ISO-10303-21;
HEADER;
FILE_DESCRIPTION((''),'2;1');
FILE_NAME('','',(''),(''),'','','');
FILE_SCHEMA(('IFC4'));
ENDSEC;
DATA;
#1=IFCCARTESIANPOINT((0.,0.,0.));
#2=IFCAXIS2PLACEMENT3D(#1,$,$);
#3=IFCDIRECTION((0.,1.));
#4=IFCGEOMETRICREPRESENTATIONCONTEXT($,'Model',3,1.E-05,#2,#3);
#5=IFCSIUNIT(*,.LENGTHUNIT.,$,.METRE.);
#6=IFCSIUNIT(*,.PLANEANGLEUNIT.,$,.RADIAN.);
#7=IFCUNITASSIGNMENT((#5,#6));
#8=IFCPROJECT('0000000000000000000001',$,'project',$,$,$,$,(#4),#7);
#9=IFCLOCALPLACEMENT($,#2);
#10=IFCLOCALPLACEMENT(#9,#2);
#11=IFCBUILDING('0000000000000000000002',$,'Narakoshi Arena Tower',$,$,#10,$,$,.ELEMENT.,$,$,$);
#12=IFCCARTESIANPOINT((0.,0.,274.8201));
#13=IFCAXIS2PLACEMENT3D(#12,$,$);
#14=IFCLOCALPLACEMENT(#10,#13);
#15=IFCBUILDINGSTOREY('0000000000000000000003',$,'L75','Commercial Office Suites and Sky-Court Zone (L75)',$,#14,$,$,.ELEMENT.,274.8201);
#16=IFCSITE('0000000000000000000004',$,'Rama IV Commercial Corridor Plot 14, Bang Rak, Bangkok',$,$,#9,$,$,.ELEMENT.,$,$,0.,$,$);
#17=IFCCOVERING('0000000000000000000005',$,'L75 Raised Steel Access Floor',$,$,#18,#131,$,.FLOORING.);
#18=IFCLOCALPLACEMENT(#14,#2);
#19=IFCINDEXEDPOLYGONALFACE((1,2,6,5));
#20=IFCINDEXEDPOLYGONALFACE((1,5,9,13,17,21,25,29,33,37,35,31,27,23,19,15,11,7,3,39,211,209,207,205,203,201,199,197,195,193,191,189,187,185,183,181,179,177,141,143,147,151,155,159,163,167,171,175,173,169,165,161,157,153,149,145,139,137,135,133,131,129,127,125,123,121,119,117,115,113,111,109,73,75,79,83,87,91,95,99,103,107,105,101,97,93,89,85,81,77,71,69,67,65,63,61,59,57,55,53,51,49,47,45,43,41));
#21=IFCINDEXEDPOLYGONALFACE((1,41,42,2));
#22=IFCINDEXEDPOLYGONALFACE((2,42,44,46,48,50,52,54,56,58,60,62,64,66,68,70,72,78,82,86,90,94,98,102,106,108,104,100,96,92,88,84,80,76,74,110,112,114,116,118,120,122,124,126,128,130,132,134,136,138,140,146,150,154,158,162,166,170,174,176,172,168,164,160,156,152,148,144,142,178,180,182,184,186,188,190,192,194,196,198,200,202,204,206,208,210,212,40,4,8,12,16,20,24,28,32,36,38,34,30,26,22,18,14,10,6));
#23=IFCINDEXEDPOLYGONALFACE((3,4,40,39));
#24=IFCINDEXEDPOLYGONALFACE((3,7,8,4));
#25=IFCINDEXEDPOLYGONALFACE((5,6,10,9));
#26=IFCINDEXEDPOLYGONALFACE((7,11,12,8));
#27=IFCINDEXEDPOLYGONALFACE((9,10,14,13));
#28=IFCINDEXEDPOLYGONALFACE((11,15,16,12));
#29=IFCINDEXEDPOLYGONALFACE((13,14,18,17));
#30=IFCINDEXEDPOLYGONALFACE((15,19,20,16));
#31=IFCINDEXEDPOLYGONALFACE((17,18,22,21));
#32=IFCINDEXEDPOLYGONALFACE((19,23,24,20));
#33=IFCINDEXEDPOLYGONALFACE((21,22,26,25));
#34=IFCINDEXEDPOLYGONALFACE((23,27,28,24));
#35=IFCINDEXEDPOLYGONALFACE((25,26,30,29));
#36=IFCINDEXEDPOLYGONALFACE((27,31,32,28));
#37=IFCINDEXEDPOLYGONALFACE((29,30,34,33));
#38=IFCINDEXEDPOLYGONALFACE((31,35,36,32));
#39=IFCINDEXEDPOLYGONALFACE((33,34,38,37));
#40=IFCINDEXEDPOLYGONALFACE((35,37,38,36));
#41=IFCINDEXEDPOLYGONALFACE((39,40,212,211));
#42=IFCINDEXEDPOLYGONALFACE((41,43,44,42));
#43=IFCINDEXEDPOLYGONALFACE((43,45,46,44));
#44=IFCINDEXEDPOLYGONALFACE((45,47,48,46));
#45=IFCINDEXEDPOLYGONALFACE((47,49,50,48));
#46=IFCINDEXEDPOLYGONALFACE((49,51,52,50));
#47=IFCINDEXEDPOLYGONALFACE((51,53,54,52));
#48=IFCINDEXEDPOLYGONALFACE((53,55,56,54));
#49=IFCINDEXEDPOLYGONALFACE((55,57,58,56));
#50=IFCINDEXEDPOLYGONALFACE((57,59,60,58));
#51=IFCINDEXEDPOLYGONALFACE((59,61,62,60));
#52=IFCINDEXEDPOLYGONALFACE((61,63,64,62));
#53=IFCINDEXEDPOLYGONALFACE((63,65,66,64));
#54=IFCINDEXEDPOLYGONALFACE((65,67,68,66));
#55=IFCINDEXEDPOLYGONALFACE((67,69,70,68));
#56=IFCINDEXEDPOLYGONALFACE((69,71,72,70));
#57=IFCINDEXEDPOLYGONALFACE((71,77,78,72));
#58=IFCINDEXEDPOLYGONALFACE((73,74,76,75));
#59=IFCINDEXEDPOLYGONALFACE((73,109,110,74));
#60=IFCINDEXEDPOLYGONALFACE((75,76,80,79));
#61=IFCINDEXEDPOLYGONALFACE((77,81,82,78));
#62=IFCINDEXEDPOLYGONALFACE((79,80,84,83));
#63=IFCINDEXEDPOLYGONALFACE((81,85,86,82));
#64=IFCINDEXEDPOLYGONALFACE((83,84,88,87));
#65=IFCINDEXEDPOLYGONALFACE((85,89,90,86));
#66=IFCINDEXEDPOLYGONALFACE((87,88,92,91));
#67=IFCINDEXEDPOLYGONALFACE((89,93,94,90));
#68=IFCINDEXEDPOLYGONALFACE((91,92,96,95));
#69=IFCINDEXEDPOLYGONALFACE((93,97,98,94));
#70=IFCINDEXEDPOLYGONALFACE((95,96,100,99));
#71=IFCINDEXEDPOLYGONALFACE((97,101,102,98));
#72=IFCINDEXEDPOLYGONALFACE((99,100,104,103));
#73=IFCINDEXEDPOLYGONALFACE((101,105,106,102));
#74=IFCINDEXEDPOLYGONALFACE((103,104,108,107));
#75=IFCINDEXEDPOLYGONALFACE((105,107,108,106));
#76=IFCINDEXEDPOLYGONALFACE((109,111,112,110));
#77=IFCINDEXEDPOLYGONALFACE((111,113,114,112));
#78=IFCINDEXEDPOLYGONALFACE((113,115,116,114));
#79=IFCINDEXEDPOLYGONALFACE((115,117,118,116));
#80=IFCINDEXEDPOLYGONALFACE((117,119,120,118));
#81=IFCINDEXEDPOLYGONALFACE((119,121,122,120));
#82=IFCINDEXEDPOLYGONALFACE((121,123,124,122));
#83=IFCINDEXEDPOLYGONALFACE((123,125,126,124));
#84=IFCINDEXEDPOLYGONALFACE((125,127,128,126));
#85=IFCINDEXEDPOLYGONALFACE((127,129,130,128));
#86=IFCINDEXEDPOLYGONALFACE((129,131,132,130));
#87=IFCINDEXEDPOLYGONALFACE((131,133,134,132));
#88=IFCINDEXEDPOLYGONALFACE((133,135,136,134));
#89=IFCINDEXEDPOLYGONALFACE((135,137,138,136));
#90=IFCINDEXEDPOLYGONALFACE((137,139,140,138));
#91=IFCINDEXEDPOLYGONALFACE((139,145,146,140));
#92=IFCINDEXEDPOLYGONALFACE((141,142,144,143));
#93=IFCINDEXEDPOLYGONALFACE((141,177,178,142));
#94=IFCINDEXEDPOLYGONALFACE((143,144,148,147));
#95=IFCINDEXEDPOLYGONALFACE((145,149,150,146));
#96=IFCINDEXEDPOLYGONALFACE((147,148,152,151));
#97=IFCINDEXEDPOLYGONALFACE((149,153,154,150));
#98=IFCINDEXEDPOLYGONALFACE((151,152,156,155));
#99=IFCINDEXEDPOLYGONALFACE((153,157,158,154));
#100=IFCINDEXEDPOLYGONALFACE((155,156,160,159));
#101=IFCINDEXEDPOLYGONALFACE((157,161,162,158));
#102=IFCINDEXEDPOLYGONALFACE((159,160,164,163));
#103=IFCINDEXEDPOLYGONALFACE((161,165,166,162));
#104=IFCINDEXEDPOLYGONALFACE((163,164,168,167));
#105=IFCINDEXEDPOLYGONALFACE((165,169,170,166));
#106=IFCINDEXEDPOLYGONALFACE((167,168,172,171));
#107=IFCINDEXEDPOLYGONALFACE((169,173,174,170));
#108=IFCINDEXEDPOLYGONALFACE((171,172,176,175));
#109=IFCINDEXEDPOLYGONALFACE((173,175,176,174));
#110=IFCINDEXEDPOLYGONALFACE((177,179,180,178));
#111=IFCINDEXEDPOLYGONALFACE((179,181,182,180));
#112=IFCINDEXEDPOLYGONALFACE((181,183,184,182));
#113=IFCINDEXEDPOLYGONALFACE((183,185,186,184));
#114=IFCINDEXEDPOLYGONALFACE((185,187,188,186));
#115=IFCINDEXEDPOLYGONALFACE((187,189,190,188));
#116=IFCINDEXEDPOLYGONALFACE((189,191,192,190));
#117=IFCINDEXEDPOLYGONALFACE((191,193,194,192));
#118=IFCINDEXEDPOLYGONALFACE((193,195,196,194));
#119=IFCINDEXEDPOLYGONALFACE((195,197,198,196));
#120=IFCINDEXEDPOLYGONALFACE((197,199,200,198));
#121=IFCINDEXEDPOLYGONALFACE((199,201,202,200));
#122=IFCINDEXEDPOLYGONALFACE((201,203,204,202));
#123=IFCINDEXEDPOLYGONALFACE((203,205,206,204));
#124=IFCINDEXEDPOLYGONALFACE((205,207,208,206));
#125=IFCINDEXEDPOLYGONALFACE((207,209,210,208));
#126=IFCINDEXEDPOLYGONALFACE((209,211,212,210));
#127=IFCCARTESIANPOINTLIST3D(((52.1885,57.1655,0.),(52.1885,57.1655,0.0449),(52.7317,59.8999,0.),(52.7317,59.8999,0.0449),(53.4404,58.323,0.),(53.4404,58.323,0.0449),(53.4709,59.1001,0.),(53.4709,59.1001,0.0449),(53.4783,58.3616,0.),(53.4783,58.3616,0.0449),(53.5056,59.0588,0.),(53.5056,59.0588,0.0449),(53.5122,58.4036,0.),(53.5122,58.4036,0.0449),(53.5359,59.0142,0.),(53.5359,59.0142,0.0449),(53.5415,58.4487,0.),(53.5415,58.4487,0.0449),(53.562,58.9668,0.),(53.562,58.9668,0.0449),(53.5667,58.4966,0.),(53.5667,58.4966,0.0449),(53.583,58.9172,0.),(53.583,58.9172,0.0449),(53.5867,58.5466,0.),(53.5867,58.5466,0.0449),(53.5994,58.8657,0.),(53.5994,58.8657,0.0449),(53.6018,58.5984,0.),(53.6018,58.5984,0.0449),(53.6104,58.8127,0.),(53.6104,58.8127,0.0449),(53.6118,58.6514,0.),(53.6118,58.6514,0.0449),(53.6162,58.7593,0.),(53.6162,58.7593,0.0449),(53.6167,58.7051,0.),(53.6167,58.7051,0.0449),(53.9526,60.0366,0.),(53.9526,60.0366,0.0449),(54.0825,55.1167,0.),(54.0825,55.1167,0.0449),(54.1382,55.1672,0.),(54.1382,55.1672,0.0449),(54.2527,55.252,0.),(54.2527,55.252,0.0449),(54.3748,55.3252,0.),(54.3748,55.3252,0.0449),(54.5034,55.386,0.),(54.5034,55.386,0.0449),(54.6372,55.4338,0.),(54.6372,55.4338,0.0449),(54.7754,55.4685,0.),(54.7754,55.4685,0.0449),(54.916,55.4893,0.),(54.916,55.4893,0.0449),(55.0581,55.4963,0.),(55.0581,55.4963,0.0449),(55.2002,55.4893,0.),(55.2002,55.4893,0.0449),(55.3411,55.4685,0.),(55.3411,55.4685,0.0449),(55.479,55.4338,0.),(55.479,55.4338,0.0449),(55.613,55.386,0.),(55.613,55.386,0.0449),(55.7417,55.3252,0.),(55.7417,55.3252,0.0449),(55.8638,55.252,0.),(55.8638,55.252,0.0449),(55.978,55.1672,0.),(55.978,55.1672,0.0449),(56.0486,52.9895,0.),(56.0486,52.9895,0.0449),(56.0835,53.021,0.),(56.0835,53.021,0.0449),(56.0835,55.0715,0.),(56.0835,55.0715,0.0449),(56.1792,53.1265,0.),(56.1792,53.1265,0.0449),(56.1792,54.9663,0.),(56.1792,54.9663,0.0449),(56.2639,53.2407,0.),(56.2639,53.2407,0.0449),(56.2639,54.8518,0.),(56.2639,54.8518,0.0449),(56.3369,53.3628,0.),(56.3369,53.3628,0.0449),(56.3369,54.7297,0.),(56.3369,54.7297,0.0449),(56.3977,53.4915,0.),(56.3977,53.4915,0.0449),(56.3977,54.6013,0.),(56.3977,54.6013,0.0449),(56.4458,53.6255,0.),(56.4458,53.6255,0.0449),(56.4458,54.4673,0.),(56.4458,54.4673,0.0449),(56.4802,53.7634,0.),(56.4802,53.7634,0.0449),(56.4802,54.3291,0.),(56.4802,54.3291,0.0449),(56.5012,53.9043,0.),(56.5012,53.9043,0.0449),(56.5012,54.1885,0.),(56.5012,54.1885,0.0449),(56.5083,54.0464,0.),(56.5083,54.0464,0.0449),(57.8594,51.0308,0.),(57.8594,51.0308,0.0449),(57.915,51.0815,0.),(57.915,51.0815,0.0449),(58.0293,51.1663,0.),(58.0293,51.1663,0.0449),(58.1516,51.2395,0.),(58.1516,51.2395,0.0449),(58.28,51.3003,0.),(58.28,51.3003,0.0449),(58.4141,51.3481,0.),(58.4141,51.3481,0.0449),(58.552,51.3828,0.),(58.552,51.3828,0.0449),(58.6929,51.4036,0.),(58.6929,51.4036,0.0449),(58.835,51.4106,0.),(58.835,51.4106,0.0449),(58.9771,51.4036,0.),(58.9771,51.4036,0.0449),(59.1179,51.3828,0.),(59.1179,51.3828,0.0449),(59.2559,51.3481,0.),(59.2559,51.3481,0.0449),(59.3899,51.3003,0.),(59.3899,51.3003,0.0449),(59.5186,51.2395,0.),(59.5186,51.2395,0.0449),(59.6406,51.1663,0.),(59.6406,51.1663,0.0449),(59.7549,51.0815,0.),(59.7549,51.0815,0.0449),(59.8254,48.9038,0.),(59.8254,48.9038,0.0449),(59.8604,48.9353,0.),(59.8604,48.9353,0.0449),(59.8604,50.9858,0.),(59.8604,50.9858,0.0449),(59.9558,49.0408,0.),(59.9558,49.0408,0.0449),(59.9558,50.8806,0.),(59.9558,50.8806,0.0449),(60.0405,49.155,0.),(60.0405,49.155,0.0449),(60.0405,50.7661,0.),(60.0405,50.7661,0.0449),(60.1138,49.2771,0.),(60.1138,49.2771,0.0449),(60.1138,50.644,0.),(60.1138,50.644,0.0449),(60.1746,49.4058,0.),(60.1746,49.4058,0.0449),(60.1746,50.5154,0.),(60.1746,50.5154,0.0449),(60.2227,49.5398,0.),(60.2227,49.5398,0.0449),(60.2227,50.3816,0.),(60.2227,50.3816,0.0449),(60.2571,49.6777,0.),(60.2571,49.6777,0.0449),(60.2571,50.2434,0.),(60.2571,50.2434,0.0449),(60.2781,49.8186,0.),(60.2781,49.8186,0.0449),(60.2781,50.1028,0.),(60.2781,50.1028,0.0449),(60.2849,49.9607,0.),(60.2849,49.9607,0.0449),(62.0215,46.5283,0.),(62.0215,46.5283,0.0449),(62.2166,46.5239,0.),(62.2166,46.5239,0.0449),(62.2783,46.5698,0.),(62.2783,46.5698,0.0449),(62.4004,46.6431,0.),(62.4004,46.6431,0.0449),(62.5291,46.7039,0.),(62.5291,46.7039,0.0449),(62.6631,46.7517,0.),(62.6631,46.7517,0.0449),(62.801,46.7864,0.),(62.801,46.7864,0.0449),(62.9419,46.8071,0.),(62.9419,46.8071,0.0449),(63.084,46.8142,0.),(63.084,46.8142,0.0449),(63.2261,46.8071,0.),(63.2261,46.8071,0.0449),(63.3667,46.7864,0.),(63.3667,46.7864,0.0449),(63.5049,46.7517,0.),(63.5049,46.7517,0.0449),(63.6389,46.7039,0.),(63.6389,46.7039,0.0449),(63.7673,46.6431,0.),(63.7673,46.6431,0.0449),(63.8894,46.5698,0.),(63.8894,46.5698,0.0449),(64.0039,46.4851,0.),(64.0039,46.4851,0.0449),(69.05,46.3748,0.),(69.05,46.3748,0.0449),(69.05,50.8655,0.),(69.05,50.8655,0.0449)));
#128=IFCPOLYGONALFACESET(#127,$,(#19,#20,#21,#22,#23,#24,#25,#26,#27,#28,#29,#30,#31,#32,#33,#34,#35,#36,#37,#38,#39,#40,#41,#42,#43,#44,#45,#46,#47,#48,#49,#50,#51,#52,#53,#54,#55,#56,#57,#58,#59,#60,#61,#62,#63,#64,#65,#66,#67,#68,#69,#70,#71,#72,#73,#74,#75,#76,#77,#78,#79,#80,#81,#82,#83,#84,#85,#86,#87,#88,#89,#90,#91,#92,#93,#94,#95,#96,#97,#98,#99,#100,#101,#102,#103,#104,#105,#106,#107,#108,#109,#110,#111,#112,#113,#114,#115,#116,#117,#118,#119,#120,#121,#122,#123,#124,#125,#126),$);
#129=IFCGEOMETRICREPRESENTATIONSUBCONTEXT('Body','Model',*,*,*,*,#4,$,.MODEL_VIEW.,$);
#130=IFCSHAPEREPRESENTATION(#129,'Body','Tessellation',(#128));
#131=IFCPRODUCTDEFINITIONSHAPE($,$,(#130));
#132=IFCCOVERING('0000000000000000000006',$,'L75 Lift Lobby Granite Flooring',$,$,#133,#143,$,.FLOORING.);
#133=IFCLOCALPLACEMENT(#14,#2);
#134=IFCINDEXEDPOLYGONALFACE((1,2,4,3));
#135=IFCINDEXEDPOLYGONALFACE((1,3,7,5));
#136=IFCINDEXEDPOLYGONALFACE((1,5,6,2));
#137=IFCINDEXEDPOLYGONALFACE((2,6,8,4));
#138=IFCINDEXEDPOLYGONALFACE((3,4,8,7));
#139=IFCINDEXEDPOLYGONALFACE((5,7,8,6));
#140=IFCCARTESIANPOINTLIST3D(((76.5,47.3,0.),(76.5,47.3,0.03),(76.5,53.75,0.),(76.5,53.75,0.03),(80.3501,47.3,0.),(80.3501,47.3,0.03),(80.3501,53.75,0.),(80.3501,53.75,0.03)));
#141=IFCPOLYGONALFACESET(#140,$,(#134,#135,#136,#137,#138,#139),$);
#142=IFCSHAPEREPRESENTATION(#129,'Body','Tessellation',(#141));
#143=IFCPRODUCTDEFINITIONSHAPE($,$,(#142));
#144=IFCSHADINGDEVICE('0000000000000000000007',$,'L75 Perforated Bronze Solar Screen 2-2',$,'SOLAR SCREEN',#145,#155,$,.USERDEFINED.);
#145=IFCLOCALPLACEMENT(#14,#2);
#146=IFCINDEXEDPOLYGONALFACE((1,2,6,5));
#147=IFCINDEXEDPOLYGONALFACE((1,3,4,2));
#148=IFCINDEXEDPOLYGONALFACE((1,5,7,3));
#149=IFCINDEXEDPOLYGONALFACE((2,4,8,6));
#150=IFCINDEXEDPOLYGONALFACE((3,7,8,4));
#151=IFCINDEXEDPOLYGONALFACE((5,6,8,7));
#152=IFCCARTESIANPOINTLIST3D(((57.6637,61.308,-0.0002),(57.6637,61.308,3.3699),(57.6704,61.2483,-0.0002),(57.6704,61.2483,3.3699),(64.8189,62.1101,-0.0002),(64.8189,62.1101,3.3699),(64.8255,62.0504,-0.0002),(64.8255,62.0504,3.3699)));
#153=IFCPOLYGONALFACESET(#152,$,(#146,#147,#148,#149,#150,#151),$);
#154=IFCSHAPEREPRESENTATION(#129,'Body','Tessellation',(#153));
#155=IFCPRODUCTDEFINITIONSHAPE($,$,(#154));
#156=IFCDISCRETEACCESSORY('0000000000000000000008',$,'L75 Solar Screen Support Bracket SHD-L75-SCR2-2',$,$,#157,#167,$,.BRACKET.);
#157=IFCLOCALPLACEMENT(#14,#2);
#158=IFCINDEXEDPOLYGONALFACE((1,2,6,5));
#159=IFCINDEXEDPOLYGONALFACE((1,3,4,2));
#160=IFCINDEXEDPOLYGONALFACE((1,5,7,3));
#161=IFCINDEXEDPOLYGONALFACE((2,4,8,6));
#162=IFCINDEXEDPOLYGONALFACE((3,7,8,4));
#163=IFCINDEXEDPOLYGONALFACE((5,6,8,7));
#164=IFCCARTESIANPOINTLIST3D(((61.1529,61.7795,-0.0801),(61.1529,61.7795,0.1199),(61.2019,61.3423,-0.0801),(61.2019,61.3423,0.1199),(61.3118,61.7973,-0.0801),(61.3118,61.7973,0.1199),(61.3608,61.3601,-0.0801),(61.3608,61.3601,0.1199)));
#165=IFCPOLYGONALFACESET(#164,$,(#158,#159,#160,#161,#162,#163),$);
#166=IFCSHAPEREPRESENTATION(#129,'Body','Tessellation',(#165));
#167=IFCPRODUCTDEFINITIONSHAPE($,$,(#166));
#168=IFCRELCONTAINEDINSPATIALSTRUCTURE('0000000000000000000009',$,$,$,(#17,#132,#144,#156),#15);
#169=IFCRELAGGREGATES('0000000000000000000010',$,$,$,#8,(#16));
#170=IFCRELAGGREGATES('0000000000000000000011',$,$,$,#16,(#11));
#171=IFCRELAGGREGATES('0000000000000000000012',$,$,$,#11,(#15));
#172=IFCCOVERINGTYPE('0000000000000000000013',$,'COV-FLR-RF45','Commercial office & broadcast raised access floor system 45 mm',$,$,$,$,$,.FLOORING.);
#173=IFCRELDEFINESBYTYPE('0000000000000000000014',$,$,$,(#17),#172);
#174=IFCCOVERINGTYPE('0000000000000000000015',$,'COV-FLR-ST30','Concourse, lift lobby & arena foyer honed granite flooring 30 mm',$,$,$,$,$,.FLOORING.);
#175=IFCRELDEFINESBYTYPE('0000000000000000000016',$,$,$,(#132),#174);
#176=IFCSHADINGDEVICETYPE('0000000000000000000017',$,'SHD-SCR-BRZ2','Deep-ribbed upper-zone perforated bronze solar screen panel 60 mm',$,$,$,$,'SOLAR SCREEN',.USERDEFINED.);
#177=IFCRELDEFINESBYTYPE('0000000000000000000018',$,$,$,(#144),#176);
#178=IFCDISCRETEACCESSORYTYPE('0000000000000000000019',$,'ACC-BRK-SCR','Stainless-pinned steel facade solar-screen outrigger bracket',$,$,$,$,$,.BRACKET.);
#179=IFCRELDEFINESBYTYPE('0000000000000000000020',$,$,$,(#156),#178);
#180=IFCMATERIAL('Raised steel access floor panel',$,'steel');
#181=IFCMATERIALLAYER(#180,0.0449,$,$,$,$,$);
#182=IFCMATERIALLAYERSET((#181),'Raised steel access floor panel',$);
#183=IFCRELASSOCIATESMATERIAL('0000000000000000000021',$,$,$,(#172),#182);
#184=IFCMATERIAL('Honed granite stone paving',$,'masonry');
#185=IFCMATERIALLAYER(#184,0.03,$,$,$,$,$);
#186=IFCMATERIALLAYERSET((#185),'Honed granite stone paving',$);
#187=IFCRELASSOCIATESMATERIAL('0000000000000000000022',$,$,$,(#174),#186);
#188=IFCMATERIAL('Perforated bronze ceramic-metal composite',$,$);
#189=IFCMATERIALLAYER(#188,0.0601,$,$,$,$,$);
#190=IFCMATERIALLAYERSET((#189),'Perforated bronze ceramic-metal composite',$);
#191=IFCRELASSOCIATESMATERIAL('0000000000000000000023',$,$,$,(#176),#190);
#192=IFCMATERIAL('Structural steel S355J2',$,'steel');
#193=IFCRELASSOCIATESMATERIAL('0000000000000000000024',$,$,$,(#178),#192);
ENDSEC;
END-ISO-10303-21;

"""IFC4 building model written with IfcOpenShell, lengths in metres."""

from ifc_helpers import new_model, si_unit, direction, frame, origin, origin_2d, place, context, subcontext, project, spatial, polyline, rectangle, outline, extrude, material, layer, layer_set, type_object, element, save


model = new_model("IFC4")

# Units and contexts
model_context = context("Model", 3, precision=1e-05, world=origin(), true_north=direction((0.0, 1.0)))
body_context = subcontext(model_context, "Body", "Model", "MODEL_VIEW")
ifc_project = project(units=[si_unit("LENGTHUNIT", "METRE"), si_unit("PLANEANGLEUNIT", "RADIAN")], contexts=[model_context])

# Site, building, storey
site_placement = place(None, origin())
site = spatial("IfcSite", under=ifc_project, at=site_placement, Name="Rama IV Commercial Corridor Plot 14, Bang Rak, Bangkok", CompositionType="ELEMENT", RefElevation=0.0)
building_placement = place(site_placement, origin())
building = spatial("IfcBuilding", under=site, at=building_placement, Name="Narakoshi Arena Tower", CompositionType="ELEMENT")
storey_placement = place(building_placement, frame((0.0, 0.0, 274.8201)))
storey = spatial("IfcBuildingStorey", under=building, at=storey_placement, Name="L75", Description="Commercial Office Suites and Sky-Court Zone (L75)", CompositionType="ELEMENT", Elevation=274.8201)

# Shared definitions
ifc_material_1 = material(Name="Structural steel S355J2", Category="steel")

# Coverings
ifc_material_2 = material(Name="Raised steel access floor panel", Category="steel")
ifc_layer_1 = layer(ifc_material_2, 0.0449)
ifc_layer_set_1 = layer_set([ifc_layer_1], Name="Raised steel access floor panel")
covering_type_1 = type_object("IfcCoveringType", Name="COV-FLR-RF45", Description="Commercial office & broadcast raised access floor system 45 mm", PredefinedType="FLOORING", material=ifc_layer_set_1)
covering_1_placement = place(storey_placement, origin())
element("IfcCovering", 1, at=covering_1_placement, inside=storey, type_object=covering_type_1, Name="L75 Raised Steel Access Floor", PredefinedType="FLOORING", context=body_context, shape_type="SweptSolid", body=[
    extrude(outline(polyline([(69.05, 50.8655), (69.05, 46.3748), (64.0039, 46.4851), (64.0039, 46.4851), (63.8894, 46.5698), (63.7673, 46.6431), (63.6389, 46.7039), (63.5049, 46.7517), (63.3667, 46.7864), (63.2261, 46.8071), (63.084, 46.8142), (62.9419, 46.8071), (62.801, 46.7864), (62.6631, 46.7517), (62.5291, 46.7039), (62.4004, 46.6431), (62.2783, 46.5698), (62.2166, 46.5239), (62.0215, 46.5283), (59.8254, 48.9038), (59.8604, 48.9353), (59.9558, 49.0408), (60.0405, 49.155), (60.1138, 49.2771), (60.1746, 49.4058), (60.2227, 49.5398), (60.2571, 49.6777), (60.2781, 49.8186), (60.2849, 49.9607), (60.2781, 50.1028), (60.2571, 50.2434), (60.2227, 50.3816), (60.1746, 50.5154), (60.1138, 50.644), (60.0405, 50.7661), (59.9558, 50.8806), (59.8604, 50.9858), (59.7549, 51.0815), (59.6406, 51.1663), (59.5186, 51.2395), (59.3899, 51.3003), (59.2559, 51.3481), (59.1179, 51.3828), (58.9771, 51.4036), (58.835, 51.4106), (58.6929, 51.4036), (58.552, 51.3828), (58.4141, 51.3481), (58.28, 51.3003), (58.1516, 51.2395), (58.0293, 51.1663), (57.915, 51.0815), (57.8594, 51.0308), (56.0486, 52.9895), (56.0835, 53.021), (56.1792, 53.1265), (56.2639, 53.2407), (56.3369, 53.3628), (56.3977, 53.4915), (56.4458, 53.6255), (56.4802, 53.7634), (56.5012, 53.9043), (56.5083, 54.0464), (56.5012, 54.1885), (56.4802, 54.3291), (56.4458, 54.4673), (56.3977, 54.6013), (56.3369, 54.7297), (56.2639, 54.8518), (56.1792, 54.9663), (56.0835, 55.0715), (55.978, 55.1672), (55.8638, 55.252), (55.7417, 55.3252), (55.613, 55.386), (55.479, 55.4338), (55.3411, 55.4685), (55.2002, 55.4893), (55.0581, 55.4963), (54.916, 55.4893), (54.7754, 55.4685), (54.6372, 55.4338), (54.5034, 55.386), (54.3748, 55.3252), (54.2527, 55.252), (54.1382, 55.1672), (54.0825, 55.1167), (52.1885, 57.1655), (53.4404, 58.323), (53.4783, 58.3616), (53.5122, 58.4036), (53.5415, 58.4487), (53.5667, 58.4966), (53.5867, 58.5466), (53.6018, 58.5984), (53.6118, 58.6514), (53.6167, 58.7051), (53.6162, 58.7593), (53.6104, 58.8127), (53.5994, 58.8657), (53.583, 58.9172), (53.562, 58.9668), (53.5359, 59.0142), (53.5056, 59.0588), (53.4709, 59.1001), (52.7317, 59.8999), (53.9526, 60.0366), (69.05, 50.8655)])), origin(), (0.0, 0.0, 1.0), 0.0449),
])
ifc_material_3 = material(Name="Honed granite stone paving", Category="masonry")
ifc_layer_2 = layer(ifc_material_3, 0.03)
ifc_layer_set_2 = layer_set([ifc_layer_2], Name="Honed granite stone paving")
covering_type_2 = type_object("IfcCoveringType", Name="COV-FLR-ST30", Description="Concourse, lift lobby & arena foyer honed granite flooring 30 mm", PredefinedType="FLOORING", material=ifc_layer_set_2)
covering_2_placement = place(storey_placement, origin())
element("IfcCovering", 2, at=covering_2_placement, inside=storey, type_object=covering_type_2, Name="L75 Lift Lobby Granite Flooring", PredefinedType="FLOORING", context=body_context, shape_type="SweptSolid", body=[
    extrude(outline(polyline([(76.5, 47.3), (80.3501, 47.3), (80.3501, 53.75), (76.5, 53.75), (76.5, 47.3)])), origin(), (0.0, 0.0, 1.0), 0.03),
])

# Shading device
ifc_material_4 = material(Name="Perforated bronze ceramic-metal composite")
ifc_layer_3 = layer(ifc_material_4, 0.0601)
ifc_layer_set_3 = layer_set([ifc_layer_3], Name="Perforated bronze ceramic-metal composite")
shading_device_type = type_object("IfcShadingDeviceType", Name="SHD-SCR-BRZ2", Description="Deep-ribbed upper-zone perforated bronze solar screen panel 60 mm", ElementType="SOLAR SCREEN", PredefinedType="USERDEFINED", material=ifc_layer_set_3)
shading_device_placement = place(storey_placement, frame((61.2446, 61.6792, -0.0002), z_axis=(0.0, 0.0, 1.0), x_axis=(-0.993776, -0.1114, 0.0)))
element("IfcShadingDevice", 3, at=shading_device_placement, inside=storey, type_object=shading_device_type, Name="L75 Perforated Bronze Solar Screen 2-2", ObjectType="SOLAR SCREEN", PredefinedType="USERDEFINED", context=body_context, shape_type="SweptSolid", body=[
    extrude(rectangle(XDim=7.2, YDim=0.0601, at=origin_2d()), origin(), (0.0, 0.0, 1.0), 3.3701),
])

# Discrete accessory
discrete_accessory_type = type_object("IfcDiscreteAccessoryType", Name="ACC-BRK-SCR", Description="Stainless-pinned steel facade solar-screen outrigger bracket", PredefinedType="BRACKET", material=ifc_material_1)
discrete_accessory_placement = place(storey_placement, frame((61.2568, 61.5698, -0.0801), z_axis=(0.0, 0.0, 1.0), x_axis=(-0.993776, -0.1114, 0.0)))
element("IfcDiscreteAccessory", 4, at=discrete_accessory_placement, inside=storey, type_object=discrete_accessory_type, Name="L75 Solar Screen Support Bracket SHD-L75-SCR2-2", PredefinedType="BRACKET", context=body_context, shape_type="SweptSolid", body=[
    extrude(rectangle(XDim=0.1599, YDim=0.4399, at=origin_2d()), origin(), (0.0, 0.0, 1.0), 0.2),
])

save(model, "model.ifc")
